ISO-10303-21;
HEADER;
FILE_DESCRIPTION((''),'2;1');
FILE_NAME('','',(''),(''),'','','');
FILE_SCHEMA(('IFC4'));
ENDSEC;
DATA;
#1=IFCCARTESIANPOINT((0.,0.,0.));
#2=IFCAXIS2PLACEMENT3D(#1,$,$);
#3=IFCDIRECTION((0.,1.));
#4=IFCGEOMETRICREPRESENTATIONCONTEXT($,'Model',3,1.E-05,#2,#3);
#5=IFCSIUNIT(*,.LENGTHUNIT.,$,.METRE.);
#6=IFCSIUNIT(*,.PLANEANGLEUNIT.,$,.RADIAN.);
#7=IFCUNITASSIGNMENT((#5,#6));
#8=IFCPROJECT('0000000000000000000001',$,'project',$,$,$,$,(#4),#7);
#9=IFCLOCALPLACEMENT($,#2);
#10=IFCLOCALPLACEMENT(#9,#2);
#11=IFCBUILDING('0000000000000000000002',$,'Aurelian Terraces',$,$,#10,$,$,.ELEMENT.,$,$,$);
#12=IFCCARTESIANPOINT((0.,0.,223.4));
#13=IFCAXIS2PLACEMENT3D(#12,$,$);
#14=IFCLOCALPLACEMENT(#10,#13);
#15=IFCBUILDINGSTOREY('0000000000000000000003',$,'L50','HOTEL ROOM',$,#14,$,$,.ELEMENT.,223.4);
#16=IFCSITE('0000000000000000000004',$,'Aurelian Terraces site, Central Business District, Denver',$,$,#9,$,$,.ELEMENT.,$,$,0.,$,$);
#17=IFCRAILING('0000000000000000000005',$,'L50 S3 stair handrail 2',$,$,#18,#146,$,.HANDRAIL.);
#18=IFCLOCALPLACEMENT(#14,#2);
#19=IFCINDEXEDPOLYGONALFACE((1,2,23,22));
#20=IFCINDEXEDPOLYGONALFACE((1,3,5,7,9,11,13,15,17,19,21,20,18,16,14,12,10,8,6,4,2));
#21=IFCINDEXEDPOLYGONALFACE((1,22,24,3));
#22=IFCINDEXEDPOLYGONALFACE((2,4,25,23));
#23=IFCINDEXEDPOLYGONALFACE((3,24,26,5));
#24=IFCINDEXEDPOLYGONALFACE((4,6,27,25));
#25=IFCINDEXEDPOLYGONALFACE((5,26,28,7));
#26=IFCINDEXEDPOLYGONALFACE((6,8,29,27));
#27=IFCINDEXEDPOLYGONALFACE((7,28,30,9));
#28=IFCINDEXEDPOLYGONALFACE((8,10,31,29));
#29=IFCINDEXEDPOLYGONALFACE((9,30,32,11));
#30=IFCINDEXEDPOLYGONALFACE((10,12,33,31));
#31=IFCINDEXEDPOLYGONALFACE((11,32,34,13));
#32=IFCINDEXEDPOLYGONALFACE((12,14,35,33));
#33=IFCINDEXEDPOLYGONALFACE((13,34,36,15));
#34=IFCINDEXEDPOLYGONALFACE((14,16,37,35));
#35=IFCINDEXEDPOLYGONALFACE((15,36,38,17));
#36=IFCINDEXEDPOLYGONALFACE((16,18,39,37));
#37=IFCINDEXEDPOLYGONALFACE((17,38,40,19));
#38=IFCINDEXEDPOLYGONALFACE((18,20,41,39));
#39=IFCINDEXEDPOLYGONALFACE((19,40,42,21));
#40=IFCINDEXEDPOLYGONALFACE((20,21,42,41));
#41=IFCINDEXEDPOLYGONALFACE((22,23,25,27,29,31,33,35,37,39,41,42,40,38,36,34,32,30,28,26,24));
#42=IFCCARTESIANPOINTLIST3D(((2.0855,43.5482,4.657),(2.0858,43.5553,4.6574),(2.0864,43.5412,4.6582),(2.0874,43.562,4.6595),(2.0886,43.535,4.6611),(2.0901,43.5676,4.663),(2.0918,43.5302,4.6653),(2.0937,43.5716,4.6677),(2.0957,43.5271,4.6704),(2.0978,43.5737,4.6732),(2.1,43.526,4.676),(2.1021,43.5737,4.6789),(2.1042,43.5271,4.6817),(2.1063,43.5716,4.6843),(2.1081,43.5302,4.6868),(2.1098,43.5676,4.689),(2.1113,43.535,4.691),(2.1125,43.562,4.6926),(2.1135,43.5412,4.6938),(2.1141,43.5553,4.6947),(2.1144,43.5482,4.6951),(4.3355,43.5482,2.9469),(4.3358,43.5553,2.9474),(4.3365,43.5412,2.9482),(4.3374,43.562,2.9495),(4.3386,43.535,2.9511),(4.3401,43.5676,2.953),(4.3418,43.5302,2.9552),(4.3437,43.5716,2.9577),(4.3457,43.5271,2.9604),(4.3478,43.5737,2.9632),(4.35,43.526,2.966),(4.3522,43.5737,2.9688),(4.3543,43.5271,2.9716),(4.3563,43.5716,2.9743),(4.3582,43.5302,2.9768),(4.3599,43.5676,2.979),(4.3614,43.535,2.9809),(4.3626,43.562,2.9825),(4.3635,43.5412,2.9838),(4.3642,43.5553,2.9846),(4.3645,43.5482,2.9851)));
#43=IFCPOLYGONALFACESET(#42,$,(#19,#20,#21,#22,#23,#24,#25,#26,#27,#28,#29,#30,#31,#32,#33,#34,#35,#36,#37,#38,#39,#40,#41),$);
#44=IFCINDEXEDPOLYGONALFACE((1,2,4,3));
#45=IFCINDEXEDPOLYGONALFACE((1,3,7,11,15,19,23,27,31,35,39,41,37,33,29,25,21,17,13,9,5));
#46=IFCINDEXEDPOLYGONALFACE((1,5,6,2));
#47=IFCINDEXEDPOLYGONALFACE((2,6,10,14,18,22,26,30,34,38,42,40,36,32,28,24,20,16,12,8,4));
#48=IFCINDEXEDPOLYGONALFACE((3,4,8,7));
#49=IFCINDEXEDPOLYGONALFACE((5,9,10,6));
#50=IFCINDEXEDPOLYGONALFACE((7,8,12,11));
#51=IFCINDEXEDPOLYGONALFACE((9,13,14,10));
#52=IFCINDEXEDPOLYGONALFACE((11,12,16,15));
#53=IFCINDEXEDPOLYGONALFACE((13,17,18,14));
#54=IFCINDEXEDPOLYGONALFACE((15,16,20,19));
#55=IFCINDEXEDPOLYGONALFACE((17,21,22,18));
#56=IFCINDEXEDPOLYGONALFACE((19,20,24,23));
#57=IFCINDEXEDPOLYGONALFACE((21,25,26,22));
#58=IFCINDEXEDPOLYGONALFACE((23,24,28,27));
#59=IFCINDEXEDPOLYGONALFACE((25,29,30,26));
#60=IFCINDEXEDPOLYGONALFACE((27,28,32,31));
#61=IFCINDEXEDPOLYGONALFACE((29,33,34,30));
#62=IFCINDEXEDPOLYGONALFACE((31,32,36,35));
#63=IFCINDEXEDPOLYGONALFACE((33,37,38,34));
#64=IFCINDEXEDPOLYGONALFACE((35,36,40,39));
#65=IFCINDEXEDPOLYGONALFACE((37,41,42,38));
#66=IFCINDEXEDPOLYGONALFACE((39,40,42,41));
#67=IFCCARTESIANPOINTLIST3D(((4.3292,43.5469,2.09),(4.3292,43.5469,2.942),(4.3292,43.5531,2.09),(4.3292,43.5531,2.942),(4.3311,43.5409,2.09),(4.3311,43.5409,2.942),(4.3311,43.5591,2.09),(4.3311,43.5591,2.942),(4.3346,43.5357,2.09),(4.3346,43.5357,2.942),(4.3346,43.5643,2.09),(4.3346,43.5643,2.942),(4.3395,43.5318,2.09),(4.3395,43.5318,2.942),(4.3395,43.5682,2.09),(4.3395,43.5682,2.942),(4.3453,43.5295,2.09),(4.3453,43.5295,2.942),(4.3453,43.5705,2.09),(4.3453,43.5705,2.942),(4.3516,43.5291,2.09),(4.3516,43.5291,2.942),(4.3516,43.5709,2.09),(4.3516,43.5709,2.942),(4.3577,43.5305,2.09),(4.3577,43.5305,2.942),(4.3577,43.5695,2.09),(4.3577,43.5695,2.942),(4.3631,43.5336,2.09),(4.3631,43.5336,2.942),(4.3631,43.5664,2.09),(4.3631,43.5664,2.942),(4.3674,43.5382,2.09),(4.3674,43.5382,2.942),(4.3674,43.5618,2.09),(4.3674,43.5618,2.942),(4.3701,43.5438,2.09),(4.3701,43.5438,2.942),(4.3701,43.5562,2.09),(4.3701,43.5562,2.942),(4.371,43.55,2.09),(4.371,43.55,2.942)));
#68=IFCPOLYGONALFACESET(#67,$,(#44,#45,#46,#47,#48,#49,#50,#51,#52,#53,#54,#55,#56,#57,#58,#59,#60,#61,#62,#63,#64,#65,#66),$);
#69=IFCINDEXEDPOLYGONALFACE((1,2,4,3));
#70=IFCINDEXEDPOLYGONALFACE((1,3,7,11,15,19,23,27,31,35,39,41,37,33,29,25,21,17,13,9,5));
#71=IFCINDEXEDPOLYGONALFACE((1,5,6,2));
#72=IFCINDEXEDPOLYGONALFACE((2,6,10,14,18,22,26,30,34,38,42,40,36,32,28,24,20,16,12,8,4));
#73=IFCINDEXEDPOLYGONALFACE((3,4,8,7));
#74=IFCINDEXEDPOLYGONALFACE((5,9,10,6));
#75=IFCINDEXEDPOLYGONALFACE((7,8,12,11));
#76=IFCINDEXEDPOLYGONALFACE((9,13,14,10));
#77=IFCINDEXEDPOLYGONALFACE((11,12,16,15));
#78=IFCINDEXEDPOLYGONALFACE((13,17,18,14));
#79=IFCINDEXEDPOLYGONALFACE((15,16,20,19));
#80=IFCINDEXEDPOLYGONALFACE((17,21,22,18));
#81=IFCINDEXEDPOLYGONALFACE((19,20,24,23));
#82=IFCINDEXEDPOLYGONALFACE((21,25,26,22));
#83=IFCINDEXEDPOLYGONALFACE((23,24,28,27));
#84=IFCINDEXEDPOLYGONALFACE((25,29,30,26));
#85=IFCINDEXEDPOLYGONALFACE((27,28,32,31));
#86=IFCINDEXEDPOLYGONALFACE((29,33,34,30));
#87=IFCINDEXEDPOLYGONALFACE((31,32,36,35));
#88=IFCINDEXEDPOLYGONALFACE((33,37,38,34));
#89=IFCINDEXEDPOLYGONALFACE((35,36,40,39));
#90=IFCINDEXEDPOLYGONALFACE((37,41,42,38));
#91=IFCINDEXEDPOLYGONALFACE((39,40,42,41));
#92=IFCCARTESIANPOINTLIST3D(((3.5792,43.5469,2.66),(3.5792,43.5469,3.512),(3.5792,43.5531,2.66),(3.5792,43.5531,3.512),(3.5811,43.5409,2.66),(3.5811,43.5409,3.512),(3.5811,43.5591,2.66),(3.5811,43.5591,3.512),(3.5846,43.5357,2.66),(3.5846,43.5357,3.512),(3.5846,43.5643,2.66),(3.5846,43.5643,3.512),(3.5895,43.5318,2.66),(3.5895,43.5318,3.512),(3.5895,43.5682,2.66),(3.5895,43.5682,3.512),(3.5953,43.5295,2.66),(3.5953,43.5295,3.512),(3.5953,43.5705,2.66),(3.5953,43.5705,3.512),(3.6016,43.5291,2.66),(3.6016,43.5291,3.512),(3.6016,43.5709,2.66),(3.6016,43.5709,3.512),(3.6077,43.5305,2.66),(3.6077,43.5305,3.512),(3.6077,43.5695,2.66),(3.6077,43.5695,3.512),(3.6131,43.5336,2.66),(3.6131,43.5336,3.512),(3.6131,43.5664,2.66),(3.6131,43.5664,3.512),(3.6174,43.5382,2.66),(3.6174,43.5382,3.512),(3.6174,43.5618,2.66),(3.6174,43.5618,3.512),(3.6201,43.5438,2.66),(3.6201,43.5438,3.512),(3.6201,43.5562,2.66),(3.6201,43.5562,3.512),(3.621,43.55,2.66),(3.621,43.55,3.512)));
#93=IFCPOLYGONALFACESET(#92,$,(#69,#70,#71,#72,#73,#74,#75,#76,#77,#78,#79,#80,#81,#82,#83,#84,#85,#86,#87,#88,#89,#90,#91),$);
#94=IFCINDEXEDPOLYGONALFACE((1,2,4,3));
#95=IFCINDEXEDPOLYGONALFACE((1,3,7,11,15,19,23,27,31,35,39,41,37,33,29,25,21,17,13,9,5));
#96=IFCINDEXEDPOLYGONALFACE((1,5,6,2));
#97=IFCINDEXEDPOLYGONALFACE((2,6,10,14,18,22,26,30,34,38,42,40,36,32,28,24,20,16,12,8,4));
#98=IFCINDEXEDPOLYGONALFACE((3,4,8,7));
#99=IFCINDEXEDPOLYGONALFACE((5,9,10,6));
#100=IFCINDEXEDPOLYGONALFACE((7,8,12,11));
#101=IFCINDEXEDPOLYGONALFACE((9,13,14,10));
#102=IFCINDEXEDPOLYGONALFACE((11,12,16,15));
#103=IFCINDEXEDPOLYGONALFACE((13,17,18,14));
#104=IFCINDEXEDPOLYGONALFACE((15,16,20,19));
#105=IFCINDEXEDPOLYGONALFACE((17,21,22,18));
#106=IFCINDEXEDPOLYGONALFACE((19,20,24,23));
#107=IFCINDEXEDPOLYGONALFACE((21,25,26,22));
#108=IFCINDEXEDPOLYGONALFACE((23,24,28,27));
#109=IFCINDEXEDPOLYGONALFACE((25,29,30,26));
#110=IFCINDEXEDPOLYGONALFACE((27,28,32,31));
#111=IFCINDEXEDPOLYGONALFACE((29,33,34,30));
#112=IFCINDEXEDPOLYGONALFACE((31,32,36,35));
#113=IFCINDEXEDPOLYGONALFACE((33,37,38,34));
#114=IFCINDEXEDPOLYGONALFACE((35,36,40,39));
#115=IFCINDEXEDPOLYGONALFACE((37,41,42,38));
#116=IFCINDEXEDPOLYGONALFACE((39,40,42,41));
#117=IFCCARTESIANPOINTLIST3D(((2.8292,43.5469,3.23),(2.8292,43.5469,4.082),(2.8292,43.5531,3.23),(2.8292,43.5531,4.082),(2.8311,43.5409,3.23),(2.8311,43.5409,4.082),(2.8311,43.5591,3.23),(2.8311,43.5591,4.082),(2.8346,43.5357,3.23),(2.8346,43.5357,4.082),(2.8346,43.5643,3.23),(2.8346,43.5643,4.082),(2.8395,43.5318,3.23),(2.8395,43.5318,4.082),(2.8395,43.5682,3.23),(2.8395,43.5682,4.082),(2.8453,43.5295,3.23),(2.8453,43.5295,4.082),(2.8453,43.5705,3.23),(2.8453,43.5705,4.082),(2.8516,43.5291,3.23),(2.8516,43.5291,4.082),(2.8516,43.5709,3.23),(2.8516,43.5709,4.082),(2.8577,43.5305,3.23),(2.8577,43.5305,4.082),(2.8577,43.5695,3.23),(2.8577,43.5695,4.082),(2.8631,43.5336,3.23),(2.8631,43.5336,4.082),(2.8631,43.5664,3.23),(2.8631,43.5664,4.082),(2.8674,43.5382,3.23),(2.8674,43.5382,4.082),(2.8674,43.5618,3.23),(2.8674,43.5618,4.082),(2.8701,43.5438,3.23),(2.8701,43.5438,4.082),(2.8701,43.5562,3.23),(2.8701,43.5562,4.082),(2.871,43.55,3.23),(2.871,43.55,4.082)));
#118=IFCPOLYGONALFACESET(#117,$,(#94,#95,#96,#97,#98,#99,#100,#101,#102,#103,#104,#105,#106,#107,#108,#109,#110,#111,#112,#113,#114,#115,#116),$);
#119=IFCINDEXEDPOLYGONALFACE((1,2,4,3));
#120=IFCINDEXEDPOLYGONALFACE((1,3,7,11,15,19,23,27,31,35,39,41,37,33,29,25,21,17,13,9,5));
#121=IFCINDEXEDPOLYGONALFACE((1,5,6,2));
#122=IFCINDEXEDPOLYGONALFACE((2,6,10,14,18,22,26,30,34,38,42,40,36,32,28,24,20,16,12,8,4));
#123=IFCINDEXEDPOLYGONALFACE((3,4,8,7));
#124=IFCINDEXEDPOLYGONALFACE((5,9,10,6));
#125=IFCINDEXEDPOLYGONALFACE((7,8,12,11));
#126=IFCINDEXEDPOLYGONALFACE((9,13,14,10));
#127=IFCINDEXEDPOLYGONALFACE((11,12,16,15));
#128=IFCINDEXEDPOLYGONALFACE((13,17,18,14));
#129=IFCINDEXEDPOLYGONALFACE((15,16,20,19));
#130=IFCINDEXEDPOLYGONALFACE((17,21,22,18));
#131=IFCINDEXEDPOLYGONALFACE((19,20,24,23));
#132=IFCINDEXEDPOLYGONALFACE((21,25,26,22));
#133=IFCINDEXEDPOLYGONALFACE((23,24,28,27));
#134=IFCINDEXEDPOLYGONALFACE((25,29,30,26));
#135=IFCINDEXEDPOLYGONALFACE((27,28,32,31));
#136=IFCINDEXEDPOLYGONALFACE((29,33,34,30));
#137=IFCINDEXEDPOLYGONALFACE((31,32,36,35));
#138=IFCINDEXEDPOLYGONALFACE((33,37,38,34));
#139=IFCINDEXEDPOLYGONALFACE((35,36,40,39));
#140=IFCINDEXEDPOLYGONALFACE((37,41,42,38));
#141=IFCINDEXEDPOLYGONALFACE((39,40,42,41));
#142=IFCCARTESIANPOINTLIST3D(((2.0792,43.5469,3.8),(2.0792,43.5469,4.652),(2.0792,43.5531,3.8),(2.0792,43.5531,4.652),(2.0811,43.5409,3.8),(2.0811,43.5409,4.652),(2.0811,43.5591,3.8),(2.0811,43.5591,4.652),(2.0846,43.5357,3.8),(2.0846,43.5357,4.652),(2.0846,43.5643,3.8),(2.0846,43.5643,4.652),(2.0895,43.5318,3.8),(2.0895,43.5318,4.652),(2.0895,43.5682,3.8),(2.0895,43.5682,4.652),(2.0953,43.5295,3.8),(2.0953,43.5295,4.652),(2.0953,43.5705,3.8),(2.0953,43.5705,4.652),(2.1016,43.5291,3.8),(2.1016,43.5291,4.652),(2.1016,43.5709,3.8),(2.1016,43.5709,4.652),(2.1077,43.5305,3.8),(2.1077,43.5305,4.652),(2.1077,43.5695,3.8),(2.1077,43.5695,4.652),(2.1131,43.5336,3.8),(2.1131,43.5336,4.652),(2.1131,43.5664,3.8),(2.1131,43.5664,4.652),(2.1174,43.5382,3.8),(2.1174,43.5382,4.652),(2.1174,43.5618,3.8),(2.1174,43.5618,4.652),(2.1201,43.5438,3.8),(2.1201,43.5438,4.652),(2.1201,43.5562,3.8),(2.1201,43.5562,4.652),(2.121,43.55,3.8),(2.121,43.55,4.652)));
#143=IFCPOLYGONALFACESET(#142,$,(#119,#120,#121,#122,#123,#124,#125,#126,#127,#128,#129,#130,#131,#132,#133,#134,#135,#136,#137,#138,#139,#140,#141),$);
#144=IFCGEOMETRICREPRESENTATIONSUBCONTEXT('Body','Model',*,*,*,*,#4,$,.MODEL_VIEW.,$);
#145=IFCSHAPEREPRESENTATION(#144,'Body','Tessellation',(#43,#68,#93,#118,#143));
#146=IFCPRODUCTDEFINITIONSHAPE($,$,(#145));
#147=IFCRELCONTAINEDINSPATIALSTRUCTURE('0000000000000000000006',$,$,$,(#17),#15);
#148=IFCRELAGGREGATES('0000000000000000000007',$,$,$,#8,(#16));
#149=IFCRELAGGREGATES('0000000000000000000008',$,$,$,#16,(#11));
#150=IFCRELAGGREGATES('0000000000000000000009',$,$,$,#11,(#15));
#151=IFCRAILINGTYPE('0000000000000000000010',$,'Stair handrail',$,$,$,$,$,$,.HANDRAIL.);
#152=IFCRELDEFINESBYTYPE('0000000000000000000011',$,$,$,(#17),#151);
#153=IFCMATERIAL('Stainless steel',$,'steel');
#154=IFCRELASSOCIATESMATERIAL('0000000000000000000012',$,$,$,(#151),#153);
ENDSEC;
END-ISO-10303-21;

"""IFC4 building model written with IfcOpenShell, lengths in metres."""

from ifc_helpers import new_model, si_unit, direction, frame, origin, origin_2d, place, context, subcontext, project, spatial, circle, extrude, source, transform, mapped, material, type_object, element, save


model = new_model("IFC4")

# Units and contexts
model_context = context("Model", 3, precision=1e-05, world=origin(), true_north=direction((0.0, 1.0)))
body_context = subcontext(model_context, "Body", "Model", "MODEL_VIEW")
ifc_project = project(units=[si_unit("LENGTHUNIT", "METRE"), si_unit("PLANEANGLEUNIT", "RADIAN")], contexts=[model_context])

# Site, building, storey
site_placement = place(None, origin())
site = spatial("IfcSite", under=ifc_project, at=site_placement, Name="Aurelian Terraces site, Central Business District, Denver", CompositionType="ELEMENT", RefElevation=0.0)
building_placement = place(site_placement, origin())
building = spatial("IfcBuilding", under=site, at=building_placement, Name="Aurelian Terraces", CompositionType="ELEMENT")
storey_placement = place(building_placement, frame((0.0, 0.0, 223.4)))
storey = spatial("IfcBuildingStorey", under=building, at=storey_placement, Name="L50", Description="HOTEL ROOM", CompositionType="ELEMENT", Elevation=223.4)

# Railing
ifc_material_1 = material(Name="Stainless steel", Category="steel")
railing_type_1 = type_object("IfcRailingType", Name="Stair handrail", PredefinedType="HANDRAIL", material=ifc_material_1)
shared_shape_1 = source(origin(), body_context, "Body", "SweptSolid", [
    extrude(circle(Radius=0.024, at=origin_2d()), frame((0.0, 0.0, 0.876), z_axis=(-0.796162, 0.0, 0.605083), x_axis=(0.0, -1.0, 0.0)), (0.0, 0.0, 1.0), 2.8261),
    extrude(circle(Radius=0.021, at=origin_2d()), origin(), (0.0, 0.0, 1.0), 0.852),
    extrude(circle(Radius=0.021, at=origin_2d()), frame((-0.75, 0.0, 0.57)), (0.0, 0.0, 1.0), 0.852),
    extrude(circle(Radius=0.021, at=origin_2d()), frame((-1.5, 0.0, 1.14)), (0.0, 0.0, 1.0), 0.852),
    extrude(circle(Radius=0.021, at=origin_2d()), frame((-2.25, 0.0, 1.71)), (0.0, 0.0, 1.0), 0.852),
])
railing_1_placement = place(storey_placement, frame((4.35, 43.55, 2.09)))
element("IfcRailing", 1, at=railing_1_placement, inside=storey, type_object=railing_type_1, Name="L50 S3 stair handrail 2", PredefinedType="HANDRAIL", context=body_context, shape_type="MappedRepresentation", body=[
    mapped(shared_shape_1, transform((0.0, 0.0, 0.0), scale=1.0)),
])

save(model, "model.ifc")
